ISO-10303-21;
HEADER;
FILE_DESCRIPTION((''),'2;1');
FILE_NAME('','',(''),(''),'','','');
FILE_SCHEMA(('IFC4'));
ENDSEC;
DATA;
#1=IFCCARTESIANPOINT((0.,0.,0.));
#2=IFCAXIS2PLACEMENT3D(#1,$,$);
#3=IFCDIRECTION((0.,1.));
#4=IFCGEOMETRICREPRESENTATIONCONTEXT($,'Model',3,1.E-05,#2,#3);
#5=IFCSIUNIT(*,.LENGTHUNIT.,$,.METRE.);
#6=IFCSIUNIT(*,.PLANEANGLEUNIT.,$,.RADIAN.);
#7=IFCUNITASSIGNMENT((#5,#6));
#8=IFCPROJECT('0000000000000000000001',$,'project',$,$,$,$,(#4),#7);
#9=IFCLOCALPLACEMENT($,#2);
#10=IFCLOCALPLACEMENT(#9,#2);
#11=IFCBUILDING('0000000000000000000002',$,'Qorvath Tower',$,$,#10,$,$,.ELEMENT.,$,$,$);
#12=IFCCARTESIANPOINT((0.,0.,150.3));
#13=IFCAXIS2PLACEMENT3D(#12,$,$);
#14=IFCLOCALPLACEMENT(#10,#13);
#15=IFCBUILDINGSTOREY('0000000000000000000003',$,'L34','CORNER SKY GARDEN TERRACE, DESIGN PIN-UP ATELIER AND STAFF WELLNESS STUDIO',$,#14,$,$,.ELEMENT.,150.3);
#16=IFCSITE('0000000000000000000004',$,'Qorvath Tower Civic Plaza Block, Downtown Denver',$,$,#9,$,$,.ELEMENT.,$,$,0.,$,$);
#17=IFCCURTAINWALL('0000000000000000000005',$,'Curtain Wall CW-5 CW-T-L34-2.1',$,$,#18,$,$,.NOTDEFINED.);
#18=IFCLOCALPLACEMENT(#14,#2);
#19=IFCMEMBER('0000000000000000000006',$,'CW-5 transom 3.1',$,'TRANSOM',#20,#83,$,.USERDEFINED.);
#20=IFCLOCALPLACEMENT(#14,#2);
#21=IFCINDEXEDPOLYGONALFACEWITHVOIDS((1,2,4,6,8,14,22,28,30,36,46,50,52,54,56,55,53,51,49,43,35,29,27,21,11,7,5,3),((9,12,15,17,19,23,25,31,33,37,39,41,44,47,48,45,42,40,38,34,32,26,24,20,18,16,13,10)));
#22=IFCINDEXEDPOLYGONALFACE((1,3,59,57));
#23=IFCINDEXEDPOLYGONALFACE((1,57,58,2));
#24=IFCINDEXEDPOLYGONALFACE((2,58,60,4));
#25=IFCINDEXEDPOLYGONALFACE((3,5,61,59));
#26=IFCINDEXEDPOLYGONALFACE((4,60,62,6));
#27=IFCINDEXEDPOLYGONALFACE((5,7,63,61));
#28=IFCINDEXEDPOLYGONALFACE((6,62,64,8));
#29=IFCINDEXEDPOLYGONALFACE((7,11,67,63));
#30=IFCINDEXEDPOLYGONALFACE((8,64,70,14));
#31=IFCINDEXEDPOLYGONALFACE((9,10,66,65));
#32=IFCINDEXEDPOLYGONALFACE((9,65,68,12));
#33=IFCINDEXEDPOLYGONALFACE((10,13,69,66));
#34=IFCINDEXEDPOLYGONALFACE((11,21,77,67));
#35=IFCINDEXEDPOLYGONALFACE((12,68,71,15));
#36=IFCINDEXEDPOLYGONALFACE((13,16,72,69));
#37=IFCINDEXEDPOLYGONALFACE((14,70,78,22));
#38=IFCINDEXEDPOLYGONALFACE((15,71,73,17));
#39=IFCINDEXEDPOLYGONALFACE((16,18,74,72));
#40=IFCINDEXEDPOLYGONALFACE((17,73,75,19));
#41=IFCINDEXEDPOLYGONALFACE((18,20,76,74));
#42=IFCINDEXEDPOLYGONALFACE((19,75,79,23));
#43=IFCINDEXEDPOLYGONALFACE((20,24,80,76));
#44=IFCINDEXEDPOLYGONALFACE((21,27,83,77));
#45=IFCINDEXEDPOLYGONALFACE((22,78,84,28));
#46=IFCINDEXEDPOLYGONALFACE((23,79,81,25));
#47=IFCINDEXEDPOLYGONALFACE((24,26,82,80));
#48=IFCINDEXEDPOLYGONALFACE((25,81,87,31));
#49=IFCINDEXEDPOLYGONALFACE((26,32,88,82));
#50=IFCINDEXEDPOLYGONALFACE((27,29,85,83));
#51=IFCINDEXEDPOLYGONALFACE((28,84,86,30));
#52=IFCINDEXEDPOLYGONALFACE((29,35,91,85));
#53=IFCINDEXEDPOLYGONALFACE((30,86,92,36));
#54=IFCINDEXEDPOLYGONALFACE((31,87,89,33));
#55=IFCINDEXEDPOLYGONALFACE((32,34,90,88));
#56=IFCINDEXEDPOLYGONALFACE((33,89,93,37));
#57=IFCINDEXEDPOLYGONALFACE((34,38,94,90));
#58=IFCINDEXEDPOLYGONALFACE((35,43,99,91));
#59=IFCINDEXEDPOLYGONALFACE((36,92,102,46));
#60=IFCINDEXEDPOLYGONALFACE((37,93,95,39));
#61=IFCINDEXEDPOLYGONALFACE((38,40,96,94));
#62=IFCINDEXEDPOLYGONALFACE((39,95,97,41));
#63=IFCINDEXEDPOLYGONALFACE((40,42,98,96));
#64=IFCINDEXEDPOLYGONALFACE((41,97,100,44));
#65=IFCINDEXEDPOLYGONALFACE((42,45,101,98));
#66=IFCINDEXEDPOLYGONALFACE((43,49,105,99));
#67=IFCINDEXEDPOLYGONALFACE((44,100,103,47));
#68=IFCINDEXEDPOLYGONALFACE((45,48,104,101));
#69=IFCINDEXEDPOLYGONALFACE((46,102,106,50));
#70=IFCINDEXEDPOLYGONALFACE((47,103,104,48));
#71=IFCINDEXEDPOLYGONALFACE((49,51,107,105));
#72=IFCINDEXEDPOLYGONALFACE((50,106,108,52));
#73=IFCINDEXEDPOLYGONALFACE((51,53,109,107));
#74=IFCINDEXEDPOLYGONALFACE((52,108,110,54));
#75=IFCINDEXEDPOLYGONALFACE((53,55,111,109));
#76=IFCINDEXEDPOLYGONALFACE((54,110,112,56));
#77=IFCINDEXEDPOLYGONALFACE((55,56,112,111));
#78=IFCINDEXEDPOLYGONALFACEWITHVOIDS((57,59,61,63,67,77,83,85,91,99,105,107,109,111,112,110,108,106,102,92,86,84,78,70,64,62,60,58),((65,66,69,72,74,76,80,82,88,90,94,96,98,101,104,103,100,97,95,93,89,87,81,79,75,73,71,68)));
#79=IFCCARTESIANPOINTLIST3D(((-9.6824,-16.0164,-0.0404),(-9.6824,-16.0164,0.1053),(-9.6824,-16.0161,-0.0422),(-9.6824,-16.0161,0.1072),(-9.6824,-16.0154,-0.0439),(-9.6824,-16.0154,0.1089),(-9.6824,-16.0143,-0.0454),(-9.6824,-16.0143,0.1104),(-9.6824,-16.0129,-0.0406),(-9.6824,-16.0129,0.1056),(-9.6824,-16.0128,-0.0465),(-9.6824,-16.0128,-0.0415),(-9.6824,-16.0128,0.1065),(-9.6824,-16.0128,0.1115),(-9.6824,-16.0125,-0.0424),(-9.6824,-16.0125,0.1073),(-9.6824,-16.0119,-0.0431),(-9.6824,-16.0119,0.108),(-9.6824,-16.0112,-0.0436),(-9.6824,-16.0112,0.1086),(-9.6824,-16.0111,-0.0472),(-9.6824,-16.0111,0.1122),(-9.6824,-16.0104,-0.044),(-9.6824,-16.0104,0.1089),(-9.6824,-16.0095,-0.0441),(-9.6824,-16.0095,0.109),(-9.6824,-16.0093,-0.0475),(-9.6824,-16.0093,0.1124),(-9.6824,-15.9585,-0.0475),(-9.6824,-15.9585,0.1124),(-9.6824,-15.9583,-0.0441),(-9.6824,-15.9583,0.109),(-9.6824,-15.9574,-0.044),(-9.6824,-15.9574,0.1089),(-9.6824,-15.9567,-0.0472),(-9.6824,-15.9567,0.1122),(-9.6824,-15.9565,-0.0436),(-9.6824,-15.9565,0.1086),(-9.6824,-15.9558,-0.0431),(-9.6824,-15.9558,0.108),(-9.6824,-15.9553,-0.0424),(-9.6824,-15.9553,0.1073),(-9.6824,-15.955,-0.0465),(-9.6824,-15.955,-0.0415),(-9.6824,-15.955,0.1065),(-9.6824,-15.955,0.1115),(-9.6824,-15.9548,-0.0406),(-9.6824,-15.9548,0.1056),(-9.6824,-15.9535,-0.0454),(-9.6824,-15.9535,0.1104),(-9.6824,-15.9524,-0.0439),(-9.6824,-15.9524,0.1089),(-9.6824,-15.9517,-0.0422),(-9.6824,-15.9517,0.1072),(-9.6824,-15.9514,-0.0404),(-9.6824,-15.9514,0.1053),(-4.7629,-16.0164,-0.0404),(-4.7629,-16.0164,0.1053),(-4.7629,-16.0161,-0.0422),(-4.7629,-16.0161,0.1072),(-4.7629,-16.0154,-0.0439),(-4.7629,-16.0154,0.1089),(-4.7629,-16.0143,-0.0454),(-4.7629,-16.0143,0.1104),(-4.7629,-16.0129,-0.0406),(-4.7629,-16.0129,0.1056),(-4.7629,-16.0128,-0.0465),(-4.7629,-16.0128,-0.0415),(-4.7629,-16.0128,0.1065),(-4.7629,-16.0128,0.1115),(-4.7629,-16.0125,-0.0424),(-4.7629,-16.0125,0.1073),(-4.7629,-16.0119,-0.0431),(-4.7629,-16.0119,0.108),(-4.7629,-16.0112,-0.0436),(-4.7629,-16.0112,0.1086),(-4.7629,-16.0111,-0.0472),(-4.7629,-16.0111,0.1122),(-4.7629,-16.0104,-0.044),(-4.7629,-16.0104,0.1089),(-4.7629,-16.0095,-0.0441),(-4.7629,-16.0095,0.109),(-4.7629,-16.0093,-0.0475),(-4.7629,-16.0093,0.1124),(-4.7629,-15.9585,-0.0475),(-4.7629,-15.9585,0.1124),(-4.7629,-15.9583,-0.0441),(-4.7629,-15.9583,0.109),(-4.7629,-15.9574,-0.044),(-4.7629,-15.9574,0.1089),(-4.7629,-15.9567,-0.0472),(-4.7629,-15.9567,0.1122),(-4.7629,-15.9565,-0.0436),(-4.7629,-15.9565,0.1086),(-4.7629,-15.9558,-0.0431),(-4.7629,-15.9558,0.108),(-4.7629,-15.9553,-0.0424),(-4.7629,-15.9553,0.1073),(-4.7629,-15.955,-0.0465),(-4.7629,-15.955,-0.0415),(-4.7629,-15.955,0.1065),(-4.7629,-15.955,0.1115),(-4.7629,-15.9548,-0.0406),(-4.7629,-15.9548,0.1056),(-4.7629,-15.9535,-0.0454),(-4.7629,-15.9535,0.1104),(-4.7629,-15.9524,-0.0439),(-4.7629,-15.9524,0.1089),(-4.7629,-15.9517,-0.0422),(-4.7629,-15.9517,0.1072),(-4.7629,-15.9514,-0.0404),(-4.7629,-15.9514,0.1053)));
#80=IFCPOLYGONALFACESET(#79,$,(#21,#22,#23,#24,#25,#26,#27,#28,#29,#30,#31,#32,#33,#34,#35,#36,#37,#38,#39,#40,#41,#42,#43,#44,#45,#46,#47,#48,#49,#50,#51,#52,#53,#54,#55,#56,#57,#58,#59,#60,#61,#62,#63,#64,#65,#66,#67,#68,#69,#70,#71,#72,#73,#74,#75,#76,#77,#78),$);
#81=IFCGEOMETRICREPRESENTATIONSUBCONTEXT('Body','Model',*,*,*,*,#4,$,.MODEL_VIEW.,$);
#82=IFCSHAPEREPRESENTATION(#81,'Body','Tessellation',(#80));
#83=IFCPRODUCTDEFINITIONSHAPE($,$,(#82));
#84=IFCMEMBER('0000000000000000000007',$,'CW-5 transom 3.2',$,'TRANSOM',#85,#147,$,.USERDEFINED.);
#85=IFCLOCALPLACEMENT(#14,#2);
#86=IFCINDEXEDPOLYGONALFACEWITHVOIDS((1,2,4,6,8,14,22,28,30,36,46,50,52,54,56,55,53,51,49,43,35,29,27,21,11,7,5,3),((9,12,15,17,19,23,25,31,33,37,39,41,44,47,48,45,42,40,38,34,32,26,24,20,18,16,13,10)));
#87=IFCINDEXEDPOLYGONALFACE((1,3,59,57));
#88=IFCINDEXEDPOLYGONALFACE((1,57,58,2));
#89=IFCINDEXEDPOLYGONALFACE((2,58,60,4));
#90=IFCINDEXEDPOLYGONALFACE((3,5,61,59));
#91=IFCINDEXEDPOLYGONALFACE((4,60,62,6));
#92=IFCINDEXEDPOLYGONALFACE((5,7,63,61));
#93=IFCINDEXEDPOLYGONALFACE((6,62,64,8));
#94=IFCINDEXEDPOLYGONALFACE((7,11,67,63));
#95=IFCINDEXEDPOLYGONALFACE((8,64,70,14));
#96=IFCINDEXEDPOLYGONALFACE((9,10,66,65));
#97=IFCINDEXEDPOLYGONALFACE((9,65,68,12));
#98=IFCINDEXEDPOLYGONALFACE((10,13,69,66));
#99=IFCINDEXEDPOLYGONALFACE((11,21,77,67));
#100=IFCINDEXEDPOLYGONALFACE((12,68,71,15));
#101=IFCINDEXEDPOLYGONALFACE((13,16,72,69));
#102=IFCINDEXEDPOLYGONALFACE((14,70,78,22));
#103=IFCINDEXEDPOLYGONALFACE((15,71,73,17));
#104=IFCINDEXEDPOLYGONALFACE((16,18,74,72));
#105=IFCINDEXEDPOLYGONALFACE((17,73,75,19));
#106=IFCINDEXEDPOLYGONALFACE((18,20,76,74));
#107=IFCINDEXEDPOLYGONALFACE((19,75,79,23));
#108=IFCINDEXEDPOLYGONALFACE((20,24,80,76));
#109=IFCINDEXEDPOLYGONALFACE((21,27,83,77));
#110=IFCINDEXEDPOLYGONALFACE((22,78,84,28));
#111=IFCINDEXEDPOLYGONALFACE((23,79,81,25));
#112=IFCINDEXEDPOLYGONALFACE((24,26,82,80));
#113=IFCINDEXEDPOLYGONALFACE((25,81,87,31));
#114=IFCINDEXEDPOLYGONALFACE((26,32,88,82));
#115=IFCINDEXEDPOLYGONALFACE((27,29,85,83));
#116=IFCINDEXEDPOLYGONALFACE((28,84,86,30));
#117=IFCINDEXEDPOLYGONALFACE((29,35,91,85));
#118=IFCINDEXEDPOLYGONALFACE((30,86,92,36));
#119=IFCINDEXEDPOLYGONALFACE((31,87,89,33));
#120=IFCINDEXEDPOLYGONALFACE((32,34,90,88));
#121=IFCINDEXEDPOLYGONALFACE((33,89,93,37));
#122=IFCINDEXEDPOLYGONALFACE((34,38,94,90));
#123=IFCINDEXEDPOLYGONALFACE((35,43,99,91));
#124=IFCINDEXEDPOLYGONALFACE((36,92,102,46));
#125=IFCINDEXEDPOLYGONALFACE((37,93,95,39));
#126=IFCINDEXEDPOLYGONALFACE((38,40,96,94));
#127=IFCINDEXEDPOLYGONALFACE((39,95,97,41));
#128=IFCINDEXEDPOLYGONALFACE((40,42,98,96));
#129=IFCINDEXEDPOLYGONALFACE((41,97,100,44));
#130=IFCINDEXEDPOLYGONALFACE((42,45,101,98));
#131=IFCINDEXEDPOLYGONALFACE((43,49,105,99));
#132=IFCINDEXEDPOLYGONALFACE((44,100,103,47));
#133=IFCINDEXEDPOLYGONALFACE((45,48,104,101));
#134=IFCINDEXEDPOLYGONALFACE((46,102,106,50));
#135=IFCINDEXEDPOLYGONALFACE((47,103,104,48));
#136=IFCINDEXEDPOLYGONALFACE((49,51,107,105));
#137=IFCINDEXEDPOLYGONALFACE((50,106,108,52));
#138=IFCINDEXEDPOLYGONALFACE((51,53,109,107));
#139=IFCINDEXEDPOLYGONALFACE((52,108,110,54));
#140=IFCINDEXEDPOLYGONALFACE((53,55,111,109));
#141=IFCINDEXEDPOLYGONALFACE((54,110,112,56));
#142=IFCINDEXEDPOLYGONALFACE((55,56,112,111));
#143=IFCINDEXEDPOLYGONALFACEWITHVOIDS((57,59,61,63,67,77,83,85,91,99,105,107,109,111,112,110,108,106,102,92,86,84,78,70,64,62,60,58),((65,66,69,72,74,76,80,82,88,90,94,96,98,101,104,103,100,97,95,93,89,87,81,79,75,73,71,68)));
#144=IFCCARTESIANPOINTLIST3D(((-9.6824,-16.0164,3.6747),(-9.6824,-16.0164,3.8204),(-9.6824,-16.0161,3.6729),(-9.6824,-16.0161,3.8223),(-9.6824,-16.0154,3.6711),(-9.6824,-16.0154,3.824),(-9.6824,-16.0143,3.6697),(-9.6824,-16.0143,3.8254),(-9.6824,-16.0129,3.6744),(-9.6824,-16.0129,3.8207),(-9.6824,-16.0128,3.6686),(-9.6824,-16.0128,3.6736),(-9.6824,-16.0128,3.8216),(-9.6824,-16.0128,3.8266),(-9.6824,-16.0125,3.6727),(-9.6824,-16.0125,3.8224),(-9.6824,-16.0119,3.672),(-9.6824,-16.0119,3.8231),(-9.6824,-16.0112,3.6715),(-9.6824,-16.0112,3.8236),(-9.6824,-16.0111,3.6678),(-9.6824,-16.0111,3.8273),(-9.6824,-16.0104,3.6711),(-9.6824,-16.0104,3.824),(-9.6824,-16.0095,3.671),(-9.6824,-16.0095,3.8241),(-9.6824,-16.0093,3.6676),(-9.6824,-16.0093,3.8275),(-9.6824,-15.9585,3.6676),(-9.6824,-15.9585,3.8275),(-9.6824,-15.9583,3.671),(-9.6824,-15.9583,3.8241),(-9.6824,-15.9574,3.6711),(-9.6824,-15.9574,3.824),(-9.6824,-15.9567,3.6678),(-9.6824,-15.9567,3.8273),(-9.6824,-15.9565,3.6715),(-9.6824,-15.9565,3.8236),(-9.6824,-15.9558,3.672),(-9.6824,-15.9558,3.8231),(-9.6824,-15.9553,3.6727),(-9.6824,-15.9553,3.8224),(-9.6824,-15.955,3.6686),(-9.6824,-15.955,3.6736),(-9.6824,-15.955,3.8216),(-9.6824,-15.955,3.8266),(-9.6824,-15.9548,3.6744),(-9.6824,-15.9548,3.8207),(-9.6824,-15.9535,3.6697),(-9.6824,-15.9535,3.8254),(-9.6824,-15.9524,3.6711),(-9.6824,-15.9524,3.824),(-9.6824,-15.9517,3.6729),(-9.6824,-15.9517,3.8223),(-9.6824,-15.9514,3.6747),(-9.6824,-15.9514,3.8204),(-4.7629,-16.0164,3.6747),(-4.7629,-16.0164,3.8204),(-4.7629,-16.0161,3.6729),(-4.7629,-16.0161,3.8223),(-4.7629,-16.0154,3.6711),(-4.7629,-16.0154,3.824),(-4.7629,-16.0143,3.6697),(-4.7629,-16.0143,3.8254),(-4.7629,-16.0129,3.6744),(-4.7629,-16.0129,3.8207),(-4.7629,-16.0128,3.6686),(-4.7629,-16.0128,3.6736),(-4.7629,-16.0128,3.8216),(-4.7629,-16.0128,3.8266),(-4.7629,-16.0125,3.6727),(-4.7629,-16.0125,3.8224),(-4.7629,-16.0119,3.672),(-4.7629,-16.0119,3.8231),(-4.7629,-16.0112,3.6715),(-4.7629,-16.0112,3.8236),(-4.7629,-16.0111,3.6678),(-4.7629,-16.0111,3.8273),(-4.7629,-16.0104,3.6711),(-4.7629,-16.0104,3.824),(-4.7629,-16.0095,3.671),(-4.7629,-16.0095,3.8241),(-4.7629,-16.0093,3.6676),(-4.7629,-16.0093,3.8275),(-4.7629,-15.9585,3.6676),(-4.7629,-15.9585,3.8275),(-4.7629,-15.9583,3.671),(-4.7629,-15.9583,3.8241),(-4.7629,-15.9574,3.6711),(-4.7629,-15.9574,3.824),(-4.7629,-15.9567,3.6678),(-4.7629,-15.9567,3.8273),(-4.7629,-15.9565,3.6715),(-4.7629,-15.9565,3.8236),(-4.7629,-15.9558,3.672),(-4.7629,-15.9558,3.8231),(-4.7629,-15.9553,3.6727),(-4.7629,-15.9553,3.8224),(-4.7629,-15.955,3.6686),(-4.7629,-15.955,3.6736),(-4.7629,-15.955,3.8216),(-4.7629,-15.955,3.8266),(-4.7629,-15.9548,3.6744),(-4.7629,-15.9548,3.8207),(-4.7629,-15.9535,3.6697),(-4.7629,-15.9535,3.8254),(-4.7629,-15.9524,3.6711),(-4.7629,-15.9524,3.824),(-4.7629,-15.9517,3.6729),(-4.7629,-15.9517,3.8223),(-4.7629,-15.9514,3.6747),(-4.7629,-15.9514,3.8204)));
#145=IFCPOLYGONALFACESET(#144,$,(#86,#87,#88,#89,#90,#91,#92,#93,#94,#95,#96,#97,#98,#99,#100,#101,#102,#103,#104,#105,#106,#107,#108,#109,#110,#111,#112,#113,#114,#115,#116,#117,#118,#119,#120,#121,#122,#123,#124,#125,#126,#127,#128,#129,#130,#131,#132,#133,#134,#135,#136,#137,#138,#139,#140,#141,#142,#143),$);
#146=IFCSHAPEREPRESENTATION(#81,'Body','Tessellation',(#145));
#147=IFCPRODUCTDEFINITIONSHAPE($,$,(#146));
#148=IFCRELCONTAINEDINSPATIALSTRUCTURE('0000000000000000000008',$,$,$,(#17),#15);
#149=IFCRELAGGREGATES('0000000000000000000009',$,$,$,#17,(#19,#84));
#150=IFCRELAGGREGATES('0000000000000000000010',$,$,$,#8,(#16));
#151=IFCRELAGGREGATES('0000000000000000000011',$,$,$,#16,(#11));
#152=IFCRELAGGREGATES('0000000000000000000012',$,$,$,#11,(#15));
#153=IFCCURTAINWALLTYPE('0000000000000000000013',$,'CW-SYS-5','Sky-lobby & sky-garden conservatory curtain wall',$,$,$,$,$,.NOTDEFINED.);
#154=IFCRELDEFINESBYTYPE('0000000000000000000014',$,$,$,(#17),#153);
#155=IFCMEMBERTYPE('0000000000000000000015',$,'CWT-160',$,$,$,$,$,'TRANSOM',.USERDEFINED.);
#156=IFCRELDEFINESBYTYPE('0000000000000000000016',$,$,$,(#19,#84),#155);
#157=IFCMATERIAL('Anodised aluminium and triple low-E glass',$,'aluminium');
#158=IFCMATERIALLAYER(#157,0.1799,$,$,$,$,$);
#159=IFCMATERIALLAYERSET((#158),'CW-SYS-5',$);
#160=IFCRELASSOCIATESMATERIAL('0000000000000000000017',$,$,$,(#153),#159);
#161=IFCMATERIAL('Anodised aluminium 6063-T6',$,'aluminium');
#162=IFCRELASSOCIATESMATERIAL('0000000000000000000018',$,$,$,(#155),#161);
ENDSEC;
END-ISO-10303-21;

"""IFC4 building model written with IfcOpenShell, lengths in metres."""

from ifc_helpers import new_model, si_unit, direction, frame, origin, origin_2d, place, context, subcontext, project, spatial, hollow_rectangle, extrude, material, layer, layer_set, material_profile, profile_set, type_object, element, aggregate, save


model = new_model("IFC4")

# Units and contexts
model_context = context("Model", 3, precision=1e-05, world=origin(), true_north=direction((0.0, 1.0)))
body_context = subcontext(model_context, "Body", "Model", "MODEL_VIEW")
ifc_project = project(units=[si_unit("LENGTHUNIT", "METRE"), si_unit("PLANEANGLEUNIT", "RADIAN")], contexts=[model_context])

# Site, building, storey
site_placement = place(None, origin())
site = spatial("IfcSite", under=ifc_project, at=site_placement, Name="Qorvath Tower Civic Plaza Block, Downtown Denver", CompositionType="ELEMENT", RefElevation=0.0)
building_placement = place(site_placement, origin())
building = spatial("IfcBuilding", under=site, at=building_placement, Name="Qorvath Tower", CompositionType="ELEMENT")
storey_placement = place(building_placement, frame((0.0, 0.0, 150.3)))
storey = spatial("IfcBuildingStorey", under=building, at=storey_placement, Name="L34", Description="CORNER SKY GARDEN TERRACE, DESIGN PIN-UP ATELIER AND STAFF WELLNESS STUDIO", CompositionType="ELEMENT", Elevation=150.3)

# Curtain wall
ifc_material_1 = material(Name="Anodised aluminium and triple low-E glass", Category="aluminium")
ifc_layer_1 = layer(ifc_material_1, 0.1799)
ifc_layer_set_1 = layer_set([ifc_layer_1], Name="CW-SYS-5")
curtain_wall_type = type_object("IfcCurtainWallType", Name="CW-SYS-5", Description="Sky-lobby & sky-garden conservatory curtain wall", PredefinedType="NOTDEFINED", material=ifc_layer_set_1)
curtain_wall_1_placement = place(storey_placement, origin())
curtain_wall_1 = element("IfcCurtainWall", 1, at=curtain_wall_1_placement, inside=storey, type_object=curtain_wall_type, Name="Curtain Wall CW-5 CW-T-L34-2.1", PredefinedType="NOTDEFINED")

# Members
ifc_material_2 = material(Name="Anodised aluminium 6063-T6", Category="aluminium")
ifc_material_profile_1 = material_profile(ifc_material_2, hollow_rectangle(XDim=0.0649, YDim=0.1599, WallThickness=0.0034, InnerFilletRadius=0.0034, OuterFilletRadius=0.0071, at=origin_2d()), Name="CWT 160x65")
ifc_profile_set_1 = profile_set([ifc_material_profile_1], Name="Anodised aluminium 6063-T6")
member_type_1 = type_object("IfcMemberType", Name="CWT-160", ElementType="TRANSOM", PredefinedType="USERDEFINED", material=ifc_profile_set_1)
member_1_placement = place(storey_placement, frame((-9.6824, -15.9839, 0.0325), z_axis=(1.0, 0.0, 0.0), x_axis=(0.0, 1.0, 0.0)))
member_1 = element("IfcMember", 2, at=member_1_placement, type_object=member_type_1, Name="CW-5 transom 3.1", ObjectType="TRANSOM", PredefinedType="USERDEFINED", context=body_context, shape_type="SweptSolid", body=[
    extrude(hollow_rectangle(XDim=0.0649, YDim=0.1599, WallThickness=0.0034, InnerFilletRadius=0.0034, OuterFilletRadius=0.0071, at=origin_2d()), origin(), (0.0, 0.0, 1.0), 4.9194),
])
member_2_placement = place(storey_placement, frame((-9.6824, -15.9839, 3.7476), z_axis=(1.0, 0.0, 0.0), x_axis=(0.0, 1.0, 0.0)))
member_2 = element("IfcMember", 3, at=member_2_placement, type_object=member_type_1, Name="CW-5 transom 3.2", ObjectType="TRANSOM", PredefinedType="USERDEFINED", context=body_context, shape_type="SweptSolid", body=[
    extrude(hollow_rectangle(XDim=0.0649, YDim=0.1599, WallThickness=0.0034, InnerFilletRadius=0.0034, OuterFilletRadius=0.0071, at=origin_2d()), origin(), (0.0, 0.0, 1.0), 4.9194),
])

aggregate(curtain_wall_1, [member_1, member_2])

save(model, "model.ifc")
